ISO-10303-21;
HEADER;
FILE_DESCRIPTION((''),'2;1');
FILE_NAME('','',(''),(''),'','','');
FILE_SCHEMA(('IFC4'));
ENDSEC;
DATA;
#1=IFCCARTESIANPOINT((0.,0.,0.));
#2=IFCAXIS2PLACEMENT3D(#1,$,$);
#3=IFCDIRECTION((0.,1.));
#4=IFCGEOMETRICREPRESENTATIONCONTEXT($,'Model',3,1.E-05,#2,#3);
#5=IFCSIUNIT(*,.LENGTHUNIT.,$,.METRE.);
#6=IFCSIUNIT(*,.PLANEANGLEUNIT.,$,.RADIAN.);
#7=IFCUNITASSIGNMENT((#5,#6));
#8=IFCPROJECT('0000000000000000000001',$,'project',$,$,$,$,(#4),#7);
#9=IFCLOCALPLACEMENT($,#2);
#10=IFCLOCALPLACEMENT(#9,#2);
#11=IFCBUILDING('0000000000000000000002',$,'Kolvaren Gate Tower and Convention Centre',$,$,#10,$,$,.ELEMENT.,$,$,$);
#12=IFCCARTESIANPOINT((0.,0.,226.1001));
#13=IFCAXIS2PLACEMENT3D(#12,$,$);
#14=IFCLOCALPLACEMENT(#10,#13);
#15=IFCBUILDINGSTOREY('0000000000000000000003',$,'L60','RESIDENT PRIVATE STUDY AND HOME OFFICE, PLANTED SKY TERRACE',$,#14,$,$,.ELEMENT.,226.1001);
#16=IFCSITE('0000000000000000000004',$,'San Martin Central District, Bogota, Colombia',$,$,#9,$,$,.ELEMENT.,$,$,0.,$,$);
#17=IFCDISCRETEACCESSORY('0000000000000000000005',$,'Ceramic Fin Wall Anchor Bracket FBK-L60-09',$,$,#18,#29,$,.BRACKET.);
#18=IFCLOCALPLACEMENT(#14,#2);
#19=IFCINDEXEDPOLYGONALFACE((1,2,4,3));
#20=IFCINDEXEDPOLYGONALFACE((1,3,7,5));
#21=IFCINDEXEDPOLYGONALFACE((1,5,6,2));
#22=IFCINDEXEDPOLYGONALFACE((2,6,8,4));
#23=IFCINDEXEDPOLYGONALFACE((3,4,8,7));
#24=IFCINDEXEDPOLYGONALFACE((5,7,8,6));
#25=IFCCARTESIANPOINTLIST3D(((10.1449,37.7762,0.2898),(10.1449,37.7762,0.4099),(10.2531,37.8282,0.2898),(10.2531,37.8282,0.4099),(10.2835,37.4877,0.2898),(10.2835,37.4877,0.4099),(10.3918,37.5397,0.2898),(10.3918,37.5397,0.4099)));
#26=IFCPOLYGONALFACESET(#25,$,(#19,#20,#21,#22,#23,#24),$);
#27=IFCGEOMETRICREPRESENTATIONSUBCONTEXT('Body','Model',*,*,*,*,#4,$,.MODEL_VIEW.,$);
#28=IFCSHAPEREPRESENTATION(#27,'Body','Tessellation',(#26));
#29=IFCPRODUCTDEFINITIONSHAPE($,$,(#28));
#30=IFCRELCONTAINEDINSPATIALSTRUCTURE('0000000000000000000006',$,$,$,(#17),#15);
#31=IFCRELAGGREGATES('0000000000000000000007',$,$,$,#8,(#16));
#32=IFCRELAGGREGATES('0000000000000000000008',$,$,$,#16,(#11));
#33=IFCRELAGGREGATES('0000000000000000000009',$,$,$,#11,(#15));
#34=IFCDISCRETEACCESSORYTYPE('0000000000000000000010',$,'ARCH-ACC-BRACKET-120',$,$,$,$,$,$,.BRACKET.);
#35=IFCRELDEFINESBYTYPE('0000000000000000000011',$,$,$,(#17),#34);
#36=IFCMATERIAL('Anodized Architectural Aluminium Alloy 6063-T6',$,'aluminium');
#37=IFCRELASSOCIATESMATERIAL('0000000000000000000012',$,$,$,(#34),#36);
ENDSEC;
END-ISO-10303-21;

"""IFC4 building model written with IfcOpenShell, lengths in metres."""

from ifc_helpers import new_model, si_unit, direction, frame, origin, origin_2d, place, context, subcontext, project, spatial, rectangle, extrude, material, type_object, element, save


model = new_model("IFC4")

# Units and contexts
model_context = context("Model", 3, precision=1e-05, world=origin(), true_north=direction((0.0, 1.0)))
body_context = subcontext(model_context, "Body", "Model", "MODEL_VIEW")
ifc_project = project(units=[si_unit("LENGTHUNIT", "METRE"), si_unit("PLANEANGLEUNIT", "RADIAN")], contexts=[model_context])

# Site, building, storey
site_placement = place(None, origin())
site = spatial("IfcSite", under=ifc_project, at=site_placement, Name="San Martin Central District, Bogota, Colombia", CompositionType="ELEMENT", RefElevation=0.0)
building_placement = place(site_placement, origin())
building = spatial("IfcBuilding", under=site, at=building_placement, Name="Kolvaren Gate Tower and Convention Centre", CompositionType="ELEMENT")
storey_placement = place(building_placement, frame((0.0, 0.0, 226.1001)))
storey = spatial("IfcBuildingStorey", under=building, at=storey_placement, Name="L60", Description="RESIDENT PRIVATE STUDY AND HOME OFFICE, PLANTED SKY TERRACE", CompositionType="ELEMENT", Elevation=226.1001)

# Shared definitions
ifc_material_1 = material(Name="Anodized Architectural Aluminium Alloy 6063-T6", Category="aluminium")

# Discrete accessory
discrete_accessory_type = type_object("IfcDiscreteAccessoryType", Name="ARCH-ACC-BRACKET-120", PredefinedType="BRACKET", material=ifc_material_1)
discrete_accessory_placement = place(storey_placement, frame((10.2683, 37.658, 0.2898), z_axis=(0.0, 0.0, 1.0), x_axis=(0.901359, 0.433072, 0.0)))
element("IfcDiscreteAccessory", 1, at=discrete_accessory_placement, inside=storey, type_object=discrete_accessory_type, Name="Ceramic Fin Wall Anchor Bracket FBK-L60-09", PredefinedType="BRACKET", context=body_context, shape_type="SweptSolid", body=[
    extrude(rectangle(XDim=0.1201, YDim=0.3201, at=origin_2d()), origin(), (0.0, 0.0, 1.0), 0.1201),
])

save(model, "model.ifc")
